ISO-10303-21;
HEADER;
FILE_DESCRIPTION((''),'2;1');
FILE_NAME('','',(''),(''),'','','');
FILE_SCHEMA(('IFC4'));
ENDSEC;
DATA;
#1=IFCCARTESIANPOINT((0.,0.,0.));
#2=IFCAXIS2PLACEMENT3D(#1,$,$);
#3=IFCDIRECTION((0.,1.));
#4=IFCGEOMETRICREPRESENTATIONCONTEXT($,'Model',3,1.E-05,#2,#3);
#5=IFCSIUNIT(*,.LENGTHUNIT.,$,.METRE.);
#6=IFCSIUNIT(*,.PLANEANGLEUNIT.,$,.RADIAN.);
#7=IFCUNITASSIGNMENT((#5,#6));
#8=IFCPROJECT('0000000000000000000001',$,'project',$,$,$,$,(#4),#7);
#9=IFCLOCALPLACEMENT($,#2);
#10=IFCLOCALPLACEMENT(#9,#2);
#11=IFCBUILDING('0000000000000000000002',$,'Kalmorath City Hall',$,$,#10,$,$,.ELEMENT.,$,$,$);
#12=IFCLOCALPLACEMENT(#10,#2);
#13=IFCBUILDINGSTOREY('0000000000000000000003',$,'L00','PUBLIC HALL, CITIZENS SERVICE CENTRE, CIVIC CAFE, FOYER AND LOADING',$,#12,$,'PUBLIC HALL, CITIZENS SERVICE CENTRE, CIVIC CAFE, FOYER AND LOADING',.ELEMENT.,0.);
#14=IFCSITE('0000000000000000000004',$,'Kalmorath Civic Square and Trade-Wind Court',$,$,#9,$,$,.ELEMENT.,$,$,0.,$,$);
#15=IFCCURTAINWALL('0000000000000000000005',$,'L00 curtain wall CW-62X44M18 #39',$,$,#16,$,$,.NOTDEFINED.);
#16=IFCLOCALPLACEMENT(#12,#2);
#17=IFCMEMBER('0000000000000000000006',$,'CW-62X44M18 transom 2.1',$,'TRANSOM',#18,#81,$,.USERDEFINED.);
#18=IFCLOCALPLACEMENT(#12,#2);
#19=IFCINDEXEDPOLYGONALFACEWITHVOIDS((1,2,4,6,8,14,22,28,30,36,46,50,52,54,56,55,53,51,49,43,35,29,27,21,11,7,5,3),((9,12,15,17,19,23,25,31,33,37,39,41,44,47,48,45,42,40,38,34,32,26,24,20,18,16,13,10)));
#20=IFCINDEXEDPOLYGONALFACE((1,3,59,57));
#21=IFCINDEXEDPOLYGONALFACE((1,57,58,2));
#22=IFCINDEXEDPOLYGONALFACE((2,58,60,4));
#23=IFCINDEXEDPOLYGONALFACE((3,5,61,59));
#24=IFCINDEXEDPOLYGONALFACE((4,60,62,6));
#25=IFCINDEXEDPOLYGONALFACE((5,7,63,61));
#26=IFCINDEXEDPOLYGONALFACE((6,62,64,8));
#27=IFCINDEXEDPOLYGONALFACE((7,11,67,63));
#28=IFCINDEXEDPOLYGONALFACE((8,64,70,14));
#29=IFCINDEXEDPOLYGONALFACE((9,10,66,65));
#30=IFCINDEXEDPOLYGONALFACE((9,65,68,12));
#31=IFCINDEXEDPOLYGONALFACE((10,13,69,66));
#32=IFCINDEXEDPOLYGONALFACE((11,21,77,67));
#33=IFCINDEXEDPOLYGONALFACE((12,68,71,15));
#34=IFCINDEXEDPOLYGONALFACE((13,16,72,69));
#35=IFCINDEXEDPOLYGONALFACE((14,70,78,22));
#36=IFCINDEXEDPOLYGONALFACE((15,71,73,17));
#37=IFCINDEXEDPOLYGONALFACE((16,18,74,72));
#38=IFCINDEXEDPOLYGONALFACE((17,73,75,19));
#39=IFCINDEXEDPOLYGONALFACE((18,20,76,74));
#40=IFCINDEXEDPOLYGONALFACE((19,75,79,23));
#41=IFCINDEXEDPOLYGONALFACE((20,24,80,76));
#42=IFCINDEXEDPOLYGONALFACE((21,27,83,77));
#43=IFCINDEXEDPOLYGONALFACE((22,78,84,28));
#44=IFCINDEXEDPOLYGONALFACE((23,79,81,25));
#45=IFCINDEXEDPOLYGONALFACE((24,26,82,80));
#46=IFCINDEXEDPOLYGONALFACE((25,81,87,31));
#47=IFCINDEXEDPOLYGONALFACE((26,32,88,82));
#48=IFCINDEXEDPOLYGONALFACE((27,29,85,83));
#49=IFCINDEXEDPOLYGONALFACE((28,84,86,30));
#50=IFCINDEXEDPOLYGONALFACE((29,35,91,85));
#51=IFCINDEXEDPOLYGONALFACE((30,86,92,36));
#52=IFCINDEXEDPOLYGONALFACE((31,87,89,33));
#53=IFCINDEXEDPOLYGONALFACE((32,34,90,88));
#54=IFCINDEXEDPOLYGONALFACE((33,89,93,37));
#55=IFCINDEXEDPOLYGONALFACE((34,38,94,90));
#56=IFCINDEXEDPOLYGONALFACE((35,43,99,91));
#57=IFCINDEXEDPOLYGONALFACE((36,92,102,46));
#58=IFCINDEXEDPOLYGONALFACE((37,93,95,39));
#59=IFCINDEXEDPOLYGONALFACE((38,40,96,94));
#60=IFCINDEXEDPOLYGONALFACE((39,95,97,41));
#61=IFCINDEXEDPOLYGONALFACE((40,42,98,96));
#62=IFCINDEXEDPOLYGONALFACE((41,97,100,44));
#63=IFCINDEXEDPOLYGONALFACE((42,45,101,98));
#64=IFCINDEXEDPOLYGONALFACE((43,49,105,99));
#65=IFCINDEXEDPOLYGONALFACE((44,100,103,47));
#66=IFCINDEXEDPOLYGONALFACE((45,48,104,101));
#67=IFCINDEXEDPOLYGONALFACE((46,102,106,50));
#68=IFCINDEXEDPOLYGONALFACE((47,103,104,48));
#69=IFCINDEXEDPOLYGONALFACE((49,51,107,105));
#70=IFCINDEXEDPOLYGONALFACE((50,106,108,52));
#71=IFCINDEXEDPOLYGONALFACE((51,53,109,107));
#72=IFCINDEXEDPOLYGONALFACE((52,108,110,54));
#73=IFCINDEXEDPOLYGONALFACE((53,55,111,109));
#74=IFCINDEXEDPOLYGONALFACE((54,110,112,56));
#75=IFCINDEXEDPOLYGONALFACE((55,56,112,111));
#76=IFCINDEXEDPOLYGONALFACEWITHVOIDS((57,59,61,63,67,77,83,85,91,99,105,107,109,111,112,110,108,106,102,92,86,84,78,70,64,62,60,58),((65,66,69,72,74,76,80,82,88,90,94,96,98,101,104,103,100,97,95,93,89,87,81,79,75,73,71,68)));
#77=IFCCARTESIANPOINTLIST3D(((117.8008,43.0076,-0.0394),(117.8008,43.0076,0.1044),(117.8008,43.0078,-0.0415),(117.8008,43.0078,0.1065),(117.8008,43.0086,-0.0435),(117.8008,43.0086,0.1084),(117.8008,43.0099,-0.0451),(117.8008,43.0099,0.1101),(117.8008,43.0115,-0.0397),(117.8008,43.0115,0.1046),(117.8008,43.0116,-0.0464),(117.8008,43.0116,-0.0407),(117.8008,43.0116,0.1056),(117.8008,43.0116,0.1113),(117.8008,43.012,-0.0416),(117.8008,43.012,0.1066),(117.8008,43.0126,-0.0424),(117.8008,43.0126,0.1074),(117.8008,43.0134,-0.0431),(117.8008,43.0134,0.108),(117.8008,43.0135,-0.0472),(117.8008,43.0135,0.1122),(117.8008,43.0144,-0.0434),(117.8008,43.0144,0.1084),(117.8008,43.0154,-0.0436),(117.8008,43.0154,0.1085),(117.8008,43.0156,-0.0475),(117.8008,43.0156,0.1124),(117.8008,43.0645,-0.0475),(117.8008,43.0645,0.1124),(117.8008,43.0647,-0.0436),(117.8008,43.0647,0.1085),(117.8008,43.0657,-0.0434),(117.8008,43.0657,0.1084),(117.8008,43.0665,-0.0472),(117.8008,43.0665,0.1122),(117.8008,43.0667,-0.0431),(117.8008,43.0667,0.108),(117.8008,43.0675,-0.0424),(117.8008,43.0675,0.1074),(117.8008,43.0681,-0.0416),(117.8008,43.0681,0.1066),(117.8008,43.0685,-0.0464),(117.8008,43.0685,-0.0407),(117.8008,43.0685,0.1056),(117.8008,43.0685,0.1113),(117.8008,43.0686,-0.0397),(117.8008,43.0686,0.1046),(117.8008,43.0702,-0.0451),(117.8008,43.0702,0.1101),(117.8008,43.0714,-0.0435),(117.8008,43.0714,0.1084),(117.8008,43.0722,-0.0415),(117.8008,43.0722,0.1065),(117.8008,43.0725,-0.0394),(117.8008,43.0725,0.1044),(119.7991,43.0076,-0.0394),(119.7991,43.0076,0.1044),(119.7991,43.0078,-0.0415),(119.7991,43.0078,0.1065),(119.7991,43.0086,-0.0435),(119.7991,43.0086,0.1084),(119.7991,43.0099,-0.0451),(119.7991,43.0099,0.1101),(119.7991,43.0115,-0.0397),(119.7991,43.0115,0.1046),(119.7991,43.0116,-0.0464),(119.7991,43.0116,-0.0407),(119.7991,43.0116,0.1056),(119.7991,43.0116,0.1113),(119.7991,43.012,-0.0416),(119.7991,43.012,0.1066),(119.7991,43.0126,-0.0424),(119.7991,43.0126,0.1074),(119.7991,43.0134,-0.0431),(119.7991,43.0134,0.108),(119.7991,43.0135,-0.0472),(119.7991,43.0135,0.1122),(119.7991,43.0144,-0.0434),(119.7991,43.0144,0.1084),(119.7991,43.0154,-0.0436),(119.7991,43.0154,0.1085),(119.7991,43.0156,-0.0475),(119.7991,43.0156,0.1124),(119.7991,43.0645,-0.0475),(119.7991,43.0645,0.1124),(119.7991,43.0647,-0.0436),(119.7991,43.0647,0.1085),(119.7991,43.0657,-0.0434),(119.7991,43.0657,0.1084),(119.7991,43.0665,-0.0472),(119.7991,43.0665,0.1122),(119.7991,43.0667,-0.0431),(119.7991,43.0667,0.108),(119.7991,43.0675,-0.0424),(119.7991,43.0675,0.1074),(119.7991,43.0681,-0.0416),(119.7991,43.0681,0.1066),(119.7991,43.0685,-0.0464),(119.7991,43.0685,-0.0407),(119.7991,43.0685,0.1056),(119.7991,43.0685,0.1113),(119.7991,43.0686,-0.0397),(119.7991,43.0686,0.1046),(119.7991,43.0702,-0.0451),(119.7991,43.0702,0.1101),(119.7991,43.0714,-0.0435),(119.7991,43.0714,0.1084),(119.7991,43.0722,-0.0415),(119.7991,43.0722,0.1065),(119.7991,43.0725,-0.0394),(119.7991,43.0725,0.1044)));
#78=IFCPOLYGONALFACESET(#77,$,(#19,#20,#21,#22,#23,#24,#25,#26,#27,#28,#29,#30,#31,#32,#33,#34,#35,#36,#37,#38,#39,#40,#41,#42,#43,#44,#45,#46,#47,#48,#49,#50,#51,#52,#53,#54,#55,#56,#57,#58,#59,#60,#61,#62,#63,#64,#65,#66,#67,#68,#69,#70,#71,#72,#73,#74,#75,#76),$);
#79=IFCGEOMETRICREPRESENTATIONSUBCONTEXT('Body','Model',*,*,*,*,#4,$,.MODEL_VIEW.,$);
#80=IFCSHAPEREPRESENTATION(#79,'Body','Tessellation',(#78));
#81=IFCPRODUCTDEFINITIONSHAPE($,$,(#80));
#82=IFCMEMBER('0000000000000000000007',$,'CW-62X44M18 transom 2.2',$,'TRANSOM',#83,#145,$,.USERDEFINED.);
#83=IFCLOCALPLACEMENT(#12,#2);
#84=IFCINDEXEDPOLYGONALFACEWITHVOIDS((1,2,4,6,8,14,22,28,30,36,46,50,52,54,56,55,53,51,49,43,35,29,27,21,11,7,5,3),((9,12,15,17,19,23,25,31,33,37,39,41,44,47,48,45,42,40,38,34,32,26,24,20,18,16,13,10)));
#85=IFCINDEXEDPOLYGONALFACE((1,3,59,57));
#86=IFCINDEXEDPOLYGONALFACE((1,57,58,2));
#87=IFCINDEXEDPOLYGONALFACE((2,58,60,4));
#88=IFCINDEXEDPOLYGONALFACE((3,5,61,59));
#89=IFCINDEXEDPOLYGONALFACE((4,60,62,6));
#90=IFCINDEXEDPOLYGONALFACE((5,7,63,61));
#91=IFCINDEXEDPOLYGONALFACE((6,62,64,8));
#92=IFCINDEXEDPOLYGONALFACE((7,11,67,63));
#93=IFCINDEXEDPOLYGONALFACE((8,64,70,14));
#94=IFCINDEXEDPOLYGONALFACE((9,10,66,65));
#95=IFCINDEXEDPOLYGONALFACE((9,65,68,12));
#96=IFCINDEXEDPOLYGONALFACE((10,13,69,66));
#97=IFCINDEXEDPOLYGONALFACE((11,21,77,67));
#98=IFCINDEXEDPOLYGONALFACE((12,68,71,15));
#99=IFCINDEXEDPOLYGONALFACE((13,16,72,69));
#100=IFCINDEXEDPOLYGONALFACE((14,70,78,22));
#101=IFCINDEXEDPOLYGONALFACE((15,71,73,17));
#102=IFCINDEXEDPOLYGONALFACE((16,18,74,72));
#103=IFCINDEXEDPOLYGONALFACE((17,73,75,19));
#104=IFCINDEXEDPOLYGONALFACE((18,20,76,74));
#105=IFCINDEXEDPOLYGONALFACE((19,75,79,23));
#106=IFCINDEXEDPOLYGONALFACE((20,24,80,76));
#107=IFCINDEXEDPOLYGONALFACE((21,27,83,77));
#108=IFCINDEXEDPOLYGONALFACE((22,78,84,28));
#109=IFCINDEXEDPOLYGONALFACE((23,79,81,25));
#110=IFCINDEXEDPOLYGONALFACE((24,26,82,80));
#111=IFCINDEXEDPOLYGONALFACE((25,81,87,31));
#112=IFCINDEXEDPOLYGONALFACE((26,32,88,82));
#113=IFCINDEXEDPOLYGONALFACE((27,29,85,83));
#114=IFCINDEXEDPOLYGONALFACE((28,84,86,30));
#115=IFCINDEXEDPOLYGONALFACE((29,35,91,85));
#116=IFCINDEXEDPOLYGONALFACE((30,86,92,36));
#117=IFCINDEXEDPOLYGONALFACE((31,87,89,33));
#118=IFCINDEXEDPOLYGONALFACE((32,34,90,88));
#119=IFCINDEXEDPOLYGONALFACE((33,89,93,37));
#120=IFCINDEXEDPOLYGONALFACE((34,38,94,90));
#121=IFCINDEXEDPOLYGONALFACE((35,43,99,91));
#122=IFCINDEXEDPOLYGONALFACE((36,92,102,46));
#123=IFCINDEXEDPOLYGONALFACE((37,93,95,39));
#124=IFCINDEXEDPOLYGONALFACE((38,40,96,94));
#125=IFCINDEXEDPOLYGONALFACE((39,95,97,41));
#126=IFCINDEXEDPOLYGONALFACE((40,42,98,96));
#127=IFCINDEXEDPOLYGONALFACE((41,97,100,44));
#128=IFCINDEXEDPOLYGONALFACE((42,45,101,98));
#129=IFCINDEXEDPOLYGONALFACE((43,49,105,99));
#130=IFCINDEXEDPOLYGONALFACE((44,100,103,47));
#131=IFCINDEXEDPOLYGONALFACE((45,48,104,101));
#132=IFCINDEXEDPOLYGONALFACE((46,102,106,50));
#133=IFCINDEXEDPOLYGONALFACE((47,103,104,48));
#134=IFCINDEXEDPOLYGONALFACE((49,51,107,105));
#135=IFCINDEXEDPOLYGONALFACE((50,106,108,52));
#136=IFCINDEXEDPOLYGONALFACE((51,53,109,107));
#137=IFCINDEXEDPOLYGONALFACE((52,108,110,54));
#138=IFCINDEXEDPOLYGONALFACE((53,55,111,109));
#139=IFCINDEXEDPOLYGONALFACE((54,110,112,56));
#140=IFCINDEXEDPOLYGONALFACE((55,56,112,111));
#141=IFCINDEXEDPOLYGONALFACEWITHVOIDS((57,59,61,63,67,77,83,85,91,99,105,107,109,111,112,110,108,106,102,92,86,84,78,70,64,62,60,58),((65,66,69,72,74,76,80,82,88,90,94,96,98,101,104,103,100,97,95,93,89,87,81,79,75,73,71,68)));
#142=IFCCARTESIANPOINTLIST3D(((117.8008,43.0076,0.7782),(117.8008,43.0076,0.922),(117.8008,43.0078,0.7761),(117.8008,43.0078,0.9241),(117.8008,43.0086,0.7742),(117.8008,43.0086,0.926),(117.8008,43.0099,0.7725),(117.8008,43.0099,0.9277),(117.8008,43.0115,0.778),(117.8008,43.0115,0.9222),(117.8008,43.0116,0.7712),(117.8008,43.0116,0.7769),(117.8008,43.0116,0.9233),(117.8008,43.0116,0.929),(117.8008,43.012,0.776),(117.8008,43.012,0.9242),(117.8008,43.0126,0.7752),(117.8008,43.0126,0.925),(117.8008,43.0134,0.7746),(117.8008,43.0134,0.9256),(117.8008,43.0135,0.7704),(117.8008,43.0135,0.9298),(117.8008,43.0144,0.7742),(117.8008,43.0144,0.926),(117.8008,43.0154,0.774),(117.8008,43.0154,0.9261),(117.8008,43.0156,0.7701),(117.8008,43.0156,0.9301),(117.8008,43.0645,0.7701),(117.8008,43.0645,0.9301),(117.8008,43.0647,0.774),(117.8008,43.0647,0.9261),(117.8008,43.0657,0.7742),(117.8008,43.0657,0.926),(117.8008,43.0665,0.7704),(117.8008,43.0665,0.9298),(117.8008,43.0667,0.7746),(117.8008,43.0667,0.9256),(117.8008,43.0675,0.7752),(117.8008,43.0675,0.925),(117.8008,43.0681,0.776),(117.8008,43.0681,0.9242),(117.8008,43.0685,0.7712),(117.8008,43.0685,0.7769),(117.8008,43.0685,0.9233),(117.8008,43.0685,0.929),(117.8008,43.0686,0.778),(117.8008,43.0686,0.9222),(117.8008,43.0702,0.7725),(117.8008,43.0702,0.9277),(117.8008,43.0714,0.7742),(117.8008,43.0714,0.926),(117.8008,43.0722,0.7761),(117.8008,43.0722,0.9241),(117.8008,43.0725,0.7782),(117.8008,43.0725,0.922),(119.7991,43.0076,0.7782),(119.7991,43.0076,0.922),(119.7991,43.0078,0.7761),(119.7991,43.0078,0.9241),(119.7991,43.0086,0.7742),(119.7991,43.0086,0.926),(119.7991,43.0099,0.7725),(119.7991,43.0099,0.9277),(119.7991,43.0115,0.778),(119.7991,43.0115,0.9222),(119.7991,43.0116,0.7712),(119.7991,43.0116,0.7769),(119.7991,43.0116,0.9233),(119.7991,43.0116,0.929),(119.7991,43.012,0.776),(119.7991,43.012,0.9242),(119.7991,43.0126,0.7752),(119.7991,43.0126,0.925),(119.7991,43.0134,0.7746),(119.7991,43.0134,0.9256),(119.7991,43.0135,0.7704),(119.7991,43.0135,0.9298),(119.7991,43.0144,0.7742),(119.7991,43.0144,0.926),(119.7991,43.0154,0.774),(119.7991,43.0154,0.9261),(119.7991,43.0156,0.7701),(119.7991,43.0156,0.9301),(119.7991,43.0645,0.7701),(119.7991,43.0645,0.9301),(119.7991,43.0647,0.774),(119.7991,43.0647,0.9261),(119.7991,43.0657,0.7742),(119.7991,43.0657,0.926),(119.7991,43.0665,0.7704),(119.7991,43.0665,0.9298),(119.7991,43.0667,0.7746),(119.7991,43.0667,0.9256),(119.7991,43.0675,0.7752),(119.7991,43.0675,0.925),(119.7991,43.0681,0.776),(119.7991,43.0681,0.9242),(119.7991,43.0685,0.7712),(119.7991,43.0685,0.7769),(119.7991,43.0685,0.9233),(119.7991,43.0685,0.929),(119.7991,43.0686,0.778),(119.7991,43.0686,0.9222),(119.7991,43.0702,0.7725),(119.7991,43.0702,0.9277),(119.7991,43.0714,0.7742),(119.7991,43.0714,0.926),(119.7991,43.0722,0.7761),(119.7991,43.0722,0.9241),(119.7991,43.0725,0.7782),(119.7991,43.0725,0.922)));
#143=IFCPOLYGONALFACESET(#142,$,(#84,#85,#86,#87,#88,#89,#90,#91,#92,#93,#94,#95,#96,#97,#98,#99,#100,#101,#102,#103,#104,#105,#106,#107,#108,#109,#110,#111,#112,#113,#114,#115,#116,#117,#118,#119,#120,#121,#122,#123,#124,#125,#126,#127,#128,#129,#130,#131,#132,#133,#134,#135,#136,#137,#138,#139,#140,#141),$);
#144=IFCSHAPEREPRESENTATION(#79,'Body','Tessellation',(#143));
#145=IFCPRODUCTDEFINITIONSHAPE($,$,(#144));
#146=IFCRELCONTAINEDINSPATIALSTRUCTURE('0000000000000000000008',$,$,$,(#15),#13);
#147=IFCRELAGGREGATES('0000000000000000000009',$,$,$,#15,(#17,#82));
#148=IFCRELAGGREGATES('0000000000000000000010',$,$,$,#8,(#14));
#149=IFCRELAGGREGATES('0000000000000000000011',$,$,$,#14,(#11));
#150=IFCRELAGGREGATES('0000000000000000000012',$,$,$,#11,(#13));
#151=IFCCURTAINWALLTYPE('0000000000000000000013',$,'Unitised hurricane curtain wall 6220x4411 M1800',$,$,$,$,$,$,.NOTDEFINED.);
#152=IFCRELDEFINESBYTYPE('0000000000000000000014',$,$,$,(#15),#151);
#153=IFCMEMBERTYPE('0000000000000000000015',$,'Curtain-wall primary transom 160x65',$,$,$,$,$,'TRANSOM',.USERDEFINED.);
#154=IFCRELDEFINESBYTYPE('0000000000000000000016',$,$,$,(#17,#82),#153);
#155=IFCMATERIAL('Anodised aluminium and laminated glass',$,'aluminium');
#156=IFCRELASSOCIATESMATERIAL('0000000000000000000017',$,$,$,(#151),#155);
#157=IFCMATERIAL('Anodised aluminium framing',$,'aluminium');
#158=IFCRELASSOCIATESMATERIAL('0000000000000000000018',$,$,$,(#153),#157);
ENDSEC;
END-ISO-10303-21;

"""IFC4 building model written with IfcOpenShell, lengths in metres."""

from ifc_helpers import new_model, si_unit, direction, frame, origin, origin_2d, place, context, subcontext, project, spatial, hollow_rectangle, extrude, material, material_profile, profile_set, type_object, element, aggregate, save


model = new_model("IFC4")

# Units and contexts
model_context = context("Model", 3, precision=1e-05, world=origin(), true_north=direction((0.0, 1.0)))
body_context = subcontext(model_context, "Body", "Model", "MODEL_VIEW")
ifc_project = project(units=[si_unit("LENGTHUNIT", "METRE"), si_unit("PLANEANGLEUNIT", "RADIAN")], contexts=[model_context])

# Site, building, storey
site_placement = place(None, origin())
site = spatial("IfcSite", under=ifc_project, at=site_placement, Name="Kalmorath Civic Square and Trade-Wind Court", CompositionType="ELEMENT", RefElevation=0.0)
building_placement = place(site_placement, origin())
building = spatial("IfcBuilding", under=site, at=building_placement, Name="Kalmorath City Hall", CompositionType="ELEMENT")
storey_placement = place(building_placement, origin())
storey = spatial("IfcBuildingStorey", under=building, at=storey_placement, Name="L00", Description="PUBLIC HALL, CITIZENS SERVICE CENTRE, CIVIC CAFE, FOYER AND LOADING", LongName="PUBLIC HALL, CITIZENS SERVICE CENTRE, CIVIC CAFE, FOYER AND LOADING", CompositionType="ELEMENT", Elevation=0.0)

# Curtain wall, members
ifc_material_1 = material(Name="Anodised aluminium and laminated glass", Category="aluminium")
curtain_wall_type = type_object("IfcCurtainWallType", Name="Unitised hurricane curtain wall 6220x4411 M1800", PredefinedType="NOTDEFINED", material=ifc_material_1)
curtain_wall_placement = place(storey_placement, origin())
curtain_wall = element("IfcCurtainWall", 1, at=curtain_wall_placement, inside=storey, type_object=curtain_wall_type, Name="L00 curtain wall CW-62X44M18 #39", PredefinedType="NOTDEFINED")
ifc_material_2 = material(Name="Anodised aluminium framing", Category="aluminium")
ifc_material_profile_1 = material_profile(ifc_material_2, hollow_rectangle(XDim=0.0649, YDim=0.1599, WallThickness=0.0039, InnerFilletRadius=0.0039, OuterFilletRadius=0.0081, at=origin_2d()), Name="ALU-TRN-160X65X4")
ifc_profile_set_1 = profile_set([ifc_material_profile_1], Name="Anodised aluminium framing")
member_type_1 = type_object("IfcMemberType", Name="Curtain-wall primary transom 160x65", ElementType="TRANSOM", PredefinedType="USERDEFINED", material=ifc_profile_set_1)
member_1_placement = place(storey_placement, frame((117.8008, 43.04, 0.0325), z_axis=(1.0, 0.0, 0.0), x_axis=(0.0, 1.0, 0.0)))
member_1 = element("IfcMember", 2, at=member_1_placement, type_object=member_type_1, Name="CW-62X44M18 transom 2.1", ObjectType="TRANSOM", PredefinedType="USERDEFINED", context=body_context, shape_type="SweptSolid", body=[
    extrude(hollow_rectangle(XDim=0.0649, YDim=0.1599, WallThickness=0.0039, InnerFilletRadius=0.0039, OuterFilletRadius=0.0081, at=origin_2d()), origin(), (0.0, 0.0, 1.0), 1.9983),
])
member_2_placement = place(storey_placement, frame((117.8008, 43.04, 0.8501), z_axis=(1.0, 0.0, 0.0), x_axis=(0.0, 1.0, 0.0)))
member_2 = element("IfcMember", 3, at=member_2_placement, type_object=member_type_1, Name="CW-62X44M18 transom 2.2", ObjectType="TRANSOM", PredefinedType="USERDEFINED", context=body_context, shape_type="SweptSolid", body=[
    extrude(hollow_rectangle(XDim=0.0649, YDim=0.1599, WallThickness=0.0039, InnerFilletRadius=0.0039, OuterFilletRadius=0.0081, at=origin_2d()), origin(), (0.0, 0.0, 1.0), 1.9983),
])
aggregate(curtain_wall, [member_1, member_2])

save(model, "model.ifc")
